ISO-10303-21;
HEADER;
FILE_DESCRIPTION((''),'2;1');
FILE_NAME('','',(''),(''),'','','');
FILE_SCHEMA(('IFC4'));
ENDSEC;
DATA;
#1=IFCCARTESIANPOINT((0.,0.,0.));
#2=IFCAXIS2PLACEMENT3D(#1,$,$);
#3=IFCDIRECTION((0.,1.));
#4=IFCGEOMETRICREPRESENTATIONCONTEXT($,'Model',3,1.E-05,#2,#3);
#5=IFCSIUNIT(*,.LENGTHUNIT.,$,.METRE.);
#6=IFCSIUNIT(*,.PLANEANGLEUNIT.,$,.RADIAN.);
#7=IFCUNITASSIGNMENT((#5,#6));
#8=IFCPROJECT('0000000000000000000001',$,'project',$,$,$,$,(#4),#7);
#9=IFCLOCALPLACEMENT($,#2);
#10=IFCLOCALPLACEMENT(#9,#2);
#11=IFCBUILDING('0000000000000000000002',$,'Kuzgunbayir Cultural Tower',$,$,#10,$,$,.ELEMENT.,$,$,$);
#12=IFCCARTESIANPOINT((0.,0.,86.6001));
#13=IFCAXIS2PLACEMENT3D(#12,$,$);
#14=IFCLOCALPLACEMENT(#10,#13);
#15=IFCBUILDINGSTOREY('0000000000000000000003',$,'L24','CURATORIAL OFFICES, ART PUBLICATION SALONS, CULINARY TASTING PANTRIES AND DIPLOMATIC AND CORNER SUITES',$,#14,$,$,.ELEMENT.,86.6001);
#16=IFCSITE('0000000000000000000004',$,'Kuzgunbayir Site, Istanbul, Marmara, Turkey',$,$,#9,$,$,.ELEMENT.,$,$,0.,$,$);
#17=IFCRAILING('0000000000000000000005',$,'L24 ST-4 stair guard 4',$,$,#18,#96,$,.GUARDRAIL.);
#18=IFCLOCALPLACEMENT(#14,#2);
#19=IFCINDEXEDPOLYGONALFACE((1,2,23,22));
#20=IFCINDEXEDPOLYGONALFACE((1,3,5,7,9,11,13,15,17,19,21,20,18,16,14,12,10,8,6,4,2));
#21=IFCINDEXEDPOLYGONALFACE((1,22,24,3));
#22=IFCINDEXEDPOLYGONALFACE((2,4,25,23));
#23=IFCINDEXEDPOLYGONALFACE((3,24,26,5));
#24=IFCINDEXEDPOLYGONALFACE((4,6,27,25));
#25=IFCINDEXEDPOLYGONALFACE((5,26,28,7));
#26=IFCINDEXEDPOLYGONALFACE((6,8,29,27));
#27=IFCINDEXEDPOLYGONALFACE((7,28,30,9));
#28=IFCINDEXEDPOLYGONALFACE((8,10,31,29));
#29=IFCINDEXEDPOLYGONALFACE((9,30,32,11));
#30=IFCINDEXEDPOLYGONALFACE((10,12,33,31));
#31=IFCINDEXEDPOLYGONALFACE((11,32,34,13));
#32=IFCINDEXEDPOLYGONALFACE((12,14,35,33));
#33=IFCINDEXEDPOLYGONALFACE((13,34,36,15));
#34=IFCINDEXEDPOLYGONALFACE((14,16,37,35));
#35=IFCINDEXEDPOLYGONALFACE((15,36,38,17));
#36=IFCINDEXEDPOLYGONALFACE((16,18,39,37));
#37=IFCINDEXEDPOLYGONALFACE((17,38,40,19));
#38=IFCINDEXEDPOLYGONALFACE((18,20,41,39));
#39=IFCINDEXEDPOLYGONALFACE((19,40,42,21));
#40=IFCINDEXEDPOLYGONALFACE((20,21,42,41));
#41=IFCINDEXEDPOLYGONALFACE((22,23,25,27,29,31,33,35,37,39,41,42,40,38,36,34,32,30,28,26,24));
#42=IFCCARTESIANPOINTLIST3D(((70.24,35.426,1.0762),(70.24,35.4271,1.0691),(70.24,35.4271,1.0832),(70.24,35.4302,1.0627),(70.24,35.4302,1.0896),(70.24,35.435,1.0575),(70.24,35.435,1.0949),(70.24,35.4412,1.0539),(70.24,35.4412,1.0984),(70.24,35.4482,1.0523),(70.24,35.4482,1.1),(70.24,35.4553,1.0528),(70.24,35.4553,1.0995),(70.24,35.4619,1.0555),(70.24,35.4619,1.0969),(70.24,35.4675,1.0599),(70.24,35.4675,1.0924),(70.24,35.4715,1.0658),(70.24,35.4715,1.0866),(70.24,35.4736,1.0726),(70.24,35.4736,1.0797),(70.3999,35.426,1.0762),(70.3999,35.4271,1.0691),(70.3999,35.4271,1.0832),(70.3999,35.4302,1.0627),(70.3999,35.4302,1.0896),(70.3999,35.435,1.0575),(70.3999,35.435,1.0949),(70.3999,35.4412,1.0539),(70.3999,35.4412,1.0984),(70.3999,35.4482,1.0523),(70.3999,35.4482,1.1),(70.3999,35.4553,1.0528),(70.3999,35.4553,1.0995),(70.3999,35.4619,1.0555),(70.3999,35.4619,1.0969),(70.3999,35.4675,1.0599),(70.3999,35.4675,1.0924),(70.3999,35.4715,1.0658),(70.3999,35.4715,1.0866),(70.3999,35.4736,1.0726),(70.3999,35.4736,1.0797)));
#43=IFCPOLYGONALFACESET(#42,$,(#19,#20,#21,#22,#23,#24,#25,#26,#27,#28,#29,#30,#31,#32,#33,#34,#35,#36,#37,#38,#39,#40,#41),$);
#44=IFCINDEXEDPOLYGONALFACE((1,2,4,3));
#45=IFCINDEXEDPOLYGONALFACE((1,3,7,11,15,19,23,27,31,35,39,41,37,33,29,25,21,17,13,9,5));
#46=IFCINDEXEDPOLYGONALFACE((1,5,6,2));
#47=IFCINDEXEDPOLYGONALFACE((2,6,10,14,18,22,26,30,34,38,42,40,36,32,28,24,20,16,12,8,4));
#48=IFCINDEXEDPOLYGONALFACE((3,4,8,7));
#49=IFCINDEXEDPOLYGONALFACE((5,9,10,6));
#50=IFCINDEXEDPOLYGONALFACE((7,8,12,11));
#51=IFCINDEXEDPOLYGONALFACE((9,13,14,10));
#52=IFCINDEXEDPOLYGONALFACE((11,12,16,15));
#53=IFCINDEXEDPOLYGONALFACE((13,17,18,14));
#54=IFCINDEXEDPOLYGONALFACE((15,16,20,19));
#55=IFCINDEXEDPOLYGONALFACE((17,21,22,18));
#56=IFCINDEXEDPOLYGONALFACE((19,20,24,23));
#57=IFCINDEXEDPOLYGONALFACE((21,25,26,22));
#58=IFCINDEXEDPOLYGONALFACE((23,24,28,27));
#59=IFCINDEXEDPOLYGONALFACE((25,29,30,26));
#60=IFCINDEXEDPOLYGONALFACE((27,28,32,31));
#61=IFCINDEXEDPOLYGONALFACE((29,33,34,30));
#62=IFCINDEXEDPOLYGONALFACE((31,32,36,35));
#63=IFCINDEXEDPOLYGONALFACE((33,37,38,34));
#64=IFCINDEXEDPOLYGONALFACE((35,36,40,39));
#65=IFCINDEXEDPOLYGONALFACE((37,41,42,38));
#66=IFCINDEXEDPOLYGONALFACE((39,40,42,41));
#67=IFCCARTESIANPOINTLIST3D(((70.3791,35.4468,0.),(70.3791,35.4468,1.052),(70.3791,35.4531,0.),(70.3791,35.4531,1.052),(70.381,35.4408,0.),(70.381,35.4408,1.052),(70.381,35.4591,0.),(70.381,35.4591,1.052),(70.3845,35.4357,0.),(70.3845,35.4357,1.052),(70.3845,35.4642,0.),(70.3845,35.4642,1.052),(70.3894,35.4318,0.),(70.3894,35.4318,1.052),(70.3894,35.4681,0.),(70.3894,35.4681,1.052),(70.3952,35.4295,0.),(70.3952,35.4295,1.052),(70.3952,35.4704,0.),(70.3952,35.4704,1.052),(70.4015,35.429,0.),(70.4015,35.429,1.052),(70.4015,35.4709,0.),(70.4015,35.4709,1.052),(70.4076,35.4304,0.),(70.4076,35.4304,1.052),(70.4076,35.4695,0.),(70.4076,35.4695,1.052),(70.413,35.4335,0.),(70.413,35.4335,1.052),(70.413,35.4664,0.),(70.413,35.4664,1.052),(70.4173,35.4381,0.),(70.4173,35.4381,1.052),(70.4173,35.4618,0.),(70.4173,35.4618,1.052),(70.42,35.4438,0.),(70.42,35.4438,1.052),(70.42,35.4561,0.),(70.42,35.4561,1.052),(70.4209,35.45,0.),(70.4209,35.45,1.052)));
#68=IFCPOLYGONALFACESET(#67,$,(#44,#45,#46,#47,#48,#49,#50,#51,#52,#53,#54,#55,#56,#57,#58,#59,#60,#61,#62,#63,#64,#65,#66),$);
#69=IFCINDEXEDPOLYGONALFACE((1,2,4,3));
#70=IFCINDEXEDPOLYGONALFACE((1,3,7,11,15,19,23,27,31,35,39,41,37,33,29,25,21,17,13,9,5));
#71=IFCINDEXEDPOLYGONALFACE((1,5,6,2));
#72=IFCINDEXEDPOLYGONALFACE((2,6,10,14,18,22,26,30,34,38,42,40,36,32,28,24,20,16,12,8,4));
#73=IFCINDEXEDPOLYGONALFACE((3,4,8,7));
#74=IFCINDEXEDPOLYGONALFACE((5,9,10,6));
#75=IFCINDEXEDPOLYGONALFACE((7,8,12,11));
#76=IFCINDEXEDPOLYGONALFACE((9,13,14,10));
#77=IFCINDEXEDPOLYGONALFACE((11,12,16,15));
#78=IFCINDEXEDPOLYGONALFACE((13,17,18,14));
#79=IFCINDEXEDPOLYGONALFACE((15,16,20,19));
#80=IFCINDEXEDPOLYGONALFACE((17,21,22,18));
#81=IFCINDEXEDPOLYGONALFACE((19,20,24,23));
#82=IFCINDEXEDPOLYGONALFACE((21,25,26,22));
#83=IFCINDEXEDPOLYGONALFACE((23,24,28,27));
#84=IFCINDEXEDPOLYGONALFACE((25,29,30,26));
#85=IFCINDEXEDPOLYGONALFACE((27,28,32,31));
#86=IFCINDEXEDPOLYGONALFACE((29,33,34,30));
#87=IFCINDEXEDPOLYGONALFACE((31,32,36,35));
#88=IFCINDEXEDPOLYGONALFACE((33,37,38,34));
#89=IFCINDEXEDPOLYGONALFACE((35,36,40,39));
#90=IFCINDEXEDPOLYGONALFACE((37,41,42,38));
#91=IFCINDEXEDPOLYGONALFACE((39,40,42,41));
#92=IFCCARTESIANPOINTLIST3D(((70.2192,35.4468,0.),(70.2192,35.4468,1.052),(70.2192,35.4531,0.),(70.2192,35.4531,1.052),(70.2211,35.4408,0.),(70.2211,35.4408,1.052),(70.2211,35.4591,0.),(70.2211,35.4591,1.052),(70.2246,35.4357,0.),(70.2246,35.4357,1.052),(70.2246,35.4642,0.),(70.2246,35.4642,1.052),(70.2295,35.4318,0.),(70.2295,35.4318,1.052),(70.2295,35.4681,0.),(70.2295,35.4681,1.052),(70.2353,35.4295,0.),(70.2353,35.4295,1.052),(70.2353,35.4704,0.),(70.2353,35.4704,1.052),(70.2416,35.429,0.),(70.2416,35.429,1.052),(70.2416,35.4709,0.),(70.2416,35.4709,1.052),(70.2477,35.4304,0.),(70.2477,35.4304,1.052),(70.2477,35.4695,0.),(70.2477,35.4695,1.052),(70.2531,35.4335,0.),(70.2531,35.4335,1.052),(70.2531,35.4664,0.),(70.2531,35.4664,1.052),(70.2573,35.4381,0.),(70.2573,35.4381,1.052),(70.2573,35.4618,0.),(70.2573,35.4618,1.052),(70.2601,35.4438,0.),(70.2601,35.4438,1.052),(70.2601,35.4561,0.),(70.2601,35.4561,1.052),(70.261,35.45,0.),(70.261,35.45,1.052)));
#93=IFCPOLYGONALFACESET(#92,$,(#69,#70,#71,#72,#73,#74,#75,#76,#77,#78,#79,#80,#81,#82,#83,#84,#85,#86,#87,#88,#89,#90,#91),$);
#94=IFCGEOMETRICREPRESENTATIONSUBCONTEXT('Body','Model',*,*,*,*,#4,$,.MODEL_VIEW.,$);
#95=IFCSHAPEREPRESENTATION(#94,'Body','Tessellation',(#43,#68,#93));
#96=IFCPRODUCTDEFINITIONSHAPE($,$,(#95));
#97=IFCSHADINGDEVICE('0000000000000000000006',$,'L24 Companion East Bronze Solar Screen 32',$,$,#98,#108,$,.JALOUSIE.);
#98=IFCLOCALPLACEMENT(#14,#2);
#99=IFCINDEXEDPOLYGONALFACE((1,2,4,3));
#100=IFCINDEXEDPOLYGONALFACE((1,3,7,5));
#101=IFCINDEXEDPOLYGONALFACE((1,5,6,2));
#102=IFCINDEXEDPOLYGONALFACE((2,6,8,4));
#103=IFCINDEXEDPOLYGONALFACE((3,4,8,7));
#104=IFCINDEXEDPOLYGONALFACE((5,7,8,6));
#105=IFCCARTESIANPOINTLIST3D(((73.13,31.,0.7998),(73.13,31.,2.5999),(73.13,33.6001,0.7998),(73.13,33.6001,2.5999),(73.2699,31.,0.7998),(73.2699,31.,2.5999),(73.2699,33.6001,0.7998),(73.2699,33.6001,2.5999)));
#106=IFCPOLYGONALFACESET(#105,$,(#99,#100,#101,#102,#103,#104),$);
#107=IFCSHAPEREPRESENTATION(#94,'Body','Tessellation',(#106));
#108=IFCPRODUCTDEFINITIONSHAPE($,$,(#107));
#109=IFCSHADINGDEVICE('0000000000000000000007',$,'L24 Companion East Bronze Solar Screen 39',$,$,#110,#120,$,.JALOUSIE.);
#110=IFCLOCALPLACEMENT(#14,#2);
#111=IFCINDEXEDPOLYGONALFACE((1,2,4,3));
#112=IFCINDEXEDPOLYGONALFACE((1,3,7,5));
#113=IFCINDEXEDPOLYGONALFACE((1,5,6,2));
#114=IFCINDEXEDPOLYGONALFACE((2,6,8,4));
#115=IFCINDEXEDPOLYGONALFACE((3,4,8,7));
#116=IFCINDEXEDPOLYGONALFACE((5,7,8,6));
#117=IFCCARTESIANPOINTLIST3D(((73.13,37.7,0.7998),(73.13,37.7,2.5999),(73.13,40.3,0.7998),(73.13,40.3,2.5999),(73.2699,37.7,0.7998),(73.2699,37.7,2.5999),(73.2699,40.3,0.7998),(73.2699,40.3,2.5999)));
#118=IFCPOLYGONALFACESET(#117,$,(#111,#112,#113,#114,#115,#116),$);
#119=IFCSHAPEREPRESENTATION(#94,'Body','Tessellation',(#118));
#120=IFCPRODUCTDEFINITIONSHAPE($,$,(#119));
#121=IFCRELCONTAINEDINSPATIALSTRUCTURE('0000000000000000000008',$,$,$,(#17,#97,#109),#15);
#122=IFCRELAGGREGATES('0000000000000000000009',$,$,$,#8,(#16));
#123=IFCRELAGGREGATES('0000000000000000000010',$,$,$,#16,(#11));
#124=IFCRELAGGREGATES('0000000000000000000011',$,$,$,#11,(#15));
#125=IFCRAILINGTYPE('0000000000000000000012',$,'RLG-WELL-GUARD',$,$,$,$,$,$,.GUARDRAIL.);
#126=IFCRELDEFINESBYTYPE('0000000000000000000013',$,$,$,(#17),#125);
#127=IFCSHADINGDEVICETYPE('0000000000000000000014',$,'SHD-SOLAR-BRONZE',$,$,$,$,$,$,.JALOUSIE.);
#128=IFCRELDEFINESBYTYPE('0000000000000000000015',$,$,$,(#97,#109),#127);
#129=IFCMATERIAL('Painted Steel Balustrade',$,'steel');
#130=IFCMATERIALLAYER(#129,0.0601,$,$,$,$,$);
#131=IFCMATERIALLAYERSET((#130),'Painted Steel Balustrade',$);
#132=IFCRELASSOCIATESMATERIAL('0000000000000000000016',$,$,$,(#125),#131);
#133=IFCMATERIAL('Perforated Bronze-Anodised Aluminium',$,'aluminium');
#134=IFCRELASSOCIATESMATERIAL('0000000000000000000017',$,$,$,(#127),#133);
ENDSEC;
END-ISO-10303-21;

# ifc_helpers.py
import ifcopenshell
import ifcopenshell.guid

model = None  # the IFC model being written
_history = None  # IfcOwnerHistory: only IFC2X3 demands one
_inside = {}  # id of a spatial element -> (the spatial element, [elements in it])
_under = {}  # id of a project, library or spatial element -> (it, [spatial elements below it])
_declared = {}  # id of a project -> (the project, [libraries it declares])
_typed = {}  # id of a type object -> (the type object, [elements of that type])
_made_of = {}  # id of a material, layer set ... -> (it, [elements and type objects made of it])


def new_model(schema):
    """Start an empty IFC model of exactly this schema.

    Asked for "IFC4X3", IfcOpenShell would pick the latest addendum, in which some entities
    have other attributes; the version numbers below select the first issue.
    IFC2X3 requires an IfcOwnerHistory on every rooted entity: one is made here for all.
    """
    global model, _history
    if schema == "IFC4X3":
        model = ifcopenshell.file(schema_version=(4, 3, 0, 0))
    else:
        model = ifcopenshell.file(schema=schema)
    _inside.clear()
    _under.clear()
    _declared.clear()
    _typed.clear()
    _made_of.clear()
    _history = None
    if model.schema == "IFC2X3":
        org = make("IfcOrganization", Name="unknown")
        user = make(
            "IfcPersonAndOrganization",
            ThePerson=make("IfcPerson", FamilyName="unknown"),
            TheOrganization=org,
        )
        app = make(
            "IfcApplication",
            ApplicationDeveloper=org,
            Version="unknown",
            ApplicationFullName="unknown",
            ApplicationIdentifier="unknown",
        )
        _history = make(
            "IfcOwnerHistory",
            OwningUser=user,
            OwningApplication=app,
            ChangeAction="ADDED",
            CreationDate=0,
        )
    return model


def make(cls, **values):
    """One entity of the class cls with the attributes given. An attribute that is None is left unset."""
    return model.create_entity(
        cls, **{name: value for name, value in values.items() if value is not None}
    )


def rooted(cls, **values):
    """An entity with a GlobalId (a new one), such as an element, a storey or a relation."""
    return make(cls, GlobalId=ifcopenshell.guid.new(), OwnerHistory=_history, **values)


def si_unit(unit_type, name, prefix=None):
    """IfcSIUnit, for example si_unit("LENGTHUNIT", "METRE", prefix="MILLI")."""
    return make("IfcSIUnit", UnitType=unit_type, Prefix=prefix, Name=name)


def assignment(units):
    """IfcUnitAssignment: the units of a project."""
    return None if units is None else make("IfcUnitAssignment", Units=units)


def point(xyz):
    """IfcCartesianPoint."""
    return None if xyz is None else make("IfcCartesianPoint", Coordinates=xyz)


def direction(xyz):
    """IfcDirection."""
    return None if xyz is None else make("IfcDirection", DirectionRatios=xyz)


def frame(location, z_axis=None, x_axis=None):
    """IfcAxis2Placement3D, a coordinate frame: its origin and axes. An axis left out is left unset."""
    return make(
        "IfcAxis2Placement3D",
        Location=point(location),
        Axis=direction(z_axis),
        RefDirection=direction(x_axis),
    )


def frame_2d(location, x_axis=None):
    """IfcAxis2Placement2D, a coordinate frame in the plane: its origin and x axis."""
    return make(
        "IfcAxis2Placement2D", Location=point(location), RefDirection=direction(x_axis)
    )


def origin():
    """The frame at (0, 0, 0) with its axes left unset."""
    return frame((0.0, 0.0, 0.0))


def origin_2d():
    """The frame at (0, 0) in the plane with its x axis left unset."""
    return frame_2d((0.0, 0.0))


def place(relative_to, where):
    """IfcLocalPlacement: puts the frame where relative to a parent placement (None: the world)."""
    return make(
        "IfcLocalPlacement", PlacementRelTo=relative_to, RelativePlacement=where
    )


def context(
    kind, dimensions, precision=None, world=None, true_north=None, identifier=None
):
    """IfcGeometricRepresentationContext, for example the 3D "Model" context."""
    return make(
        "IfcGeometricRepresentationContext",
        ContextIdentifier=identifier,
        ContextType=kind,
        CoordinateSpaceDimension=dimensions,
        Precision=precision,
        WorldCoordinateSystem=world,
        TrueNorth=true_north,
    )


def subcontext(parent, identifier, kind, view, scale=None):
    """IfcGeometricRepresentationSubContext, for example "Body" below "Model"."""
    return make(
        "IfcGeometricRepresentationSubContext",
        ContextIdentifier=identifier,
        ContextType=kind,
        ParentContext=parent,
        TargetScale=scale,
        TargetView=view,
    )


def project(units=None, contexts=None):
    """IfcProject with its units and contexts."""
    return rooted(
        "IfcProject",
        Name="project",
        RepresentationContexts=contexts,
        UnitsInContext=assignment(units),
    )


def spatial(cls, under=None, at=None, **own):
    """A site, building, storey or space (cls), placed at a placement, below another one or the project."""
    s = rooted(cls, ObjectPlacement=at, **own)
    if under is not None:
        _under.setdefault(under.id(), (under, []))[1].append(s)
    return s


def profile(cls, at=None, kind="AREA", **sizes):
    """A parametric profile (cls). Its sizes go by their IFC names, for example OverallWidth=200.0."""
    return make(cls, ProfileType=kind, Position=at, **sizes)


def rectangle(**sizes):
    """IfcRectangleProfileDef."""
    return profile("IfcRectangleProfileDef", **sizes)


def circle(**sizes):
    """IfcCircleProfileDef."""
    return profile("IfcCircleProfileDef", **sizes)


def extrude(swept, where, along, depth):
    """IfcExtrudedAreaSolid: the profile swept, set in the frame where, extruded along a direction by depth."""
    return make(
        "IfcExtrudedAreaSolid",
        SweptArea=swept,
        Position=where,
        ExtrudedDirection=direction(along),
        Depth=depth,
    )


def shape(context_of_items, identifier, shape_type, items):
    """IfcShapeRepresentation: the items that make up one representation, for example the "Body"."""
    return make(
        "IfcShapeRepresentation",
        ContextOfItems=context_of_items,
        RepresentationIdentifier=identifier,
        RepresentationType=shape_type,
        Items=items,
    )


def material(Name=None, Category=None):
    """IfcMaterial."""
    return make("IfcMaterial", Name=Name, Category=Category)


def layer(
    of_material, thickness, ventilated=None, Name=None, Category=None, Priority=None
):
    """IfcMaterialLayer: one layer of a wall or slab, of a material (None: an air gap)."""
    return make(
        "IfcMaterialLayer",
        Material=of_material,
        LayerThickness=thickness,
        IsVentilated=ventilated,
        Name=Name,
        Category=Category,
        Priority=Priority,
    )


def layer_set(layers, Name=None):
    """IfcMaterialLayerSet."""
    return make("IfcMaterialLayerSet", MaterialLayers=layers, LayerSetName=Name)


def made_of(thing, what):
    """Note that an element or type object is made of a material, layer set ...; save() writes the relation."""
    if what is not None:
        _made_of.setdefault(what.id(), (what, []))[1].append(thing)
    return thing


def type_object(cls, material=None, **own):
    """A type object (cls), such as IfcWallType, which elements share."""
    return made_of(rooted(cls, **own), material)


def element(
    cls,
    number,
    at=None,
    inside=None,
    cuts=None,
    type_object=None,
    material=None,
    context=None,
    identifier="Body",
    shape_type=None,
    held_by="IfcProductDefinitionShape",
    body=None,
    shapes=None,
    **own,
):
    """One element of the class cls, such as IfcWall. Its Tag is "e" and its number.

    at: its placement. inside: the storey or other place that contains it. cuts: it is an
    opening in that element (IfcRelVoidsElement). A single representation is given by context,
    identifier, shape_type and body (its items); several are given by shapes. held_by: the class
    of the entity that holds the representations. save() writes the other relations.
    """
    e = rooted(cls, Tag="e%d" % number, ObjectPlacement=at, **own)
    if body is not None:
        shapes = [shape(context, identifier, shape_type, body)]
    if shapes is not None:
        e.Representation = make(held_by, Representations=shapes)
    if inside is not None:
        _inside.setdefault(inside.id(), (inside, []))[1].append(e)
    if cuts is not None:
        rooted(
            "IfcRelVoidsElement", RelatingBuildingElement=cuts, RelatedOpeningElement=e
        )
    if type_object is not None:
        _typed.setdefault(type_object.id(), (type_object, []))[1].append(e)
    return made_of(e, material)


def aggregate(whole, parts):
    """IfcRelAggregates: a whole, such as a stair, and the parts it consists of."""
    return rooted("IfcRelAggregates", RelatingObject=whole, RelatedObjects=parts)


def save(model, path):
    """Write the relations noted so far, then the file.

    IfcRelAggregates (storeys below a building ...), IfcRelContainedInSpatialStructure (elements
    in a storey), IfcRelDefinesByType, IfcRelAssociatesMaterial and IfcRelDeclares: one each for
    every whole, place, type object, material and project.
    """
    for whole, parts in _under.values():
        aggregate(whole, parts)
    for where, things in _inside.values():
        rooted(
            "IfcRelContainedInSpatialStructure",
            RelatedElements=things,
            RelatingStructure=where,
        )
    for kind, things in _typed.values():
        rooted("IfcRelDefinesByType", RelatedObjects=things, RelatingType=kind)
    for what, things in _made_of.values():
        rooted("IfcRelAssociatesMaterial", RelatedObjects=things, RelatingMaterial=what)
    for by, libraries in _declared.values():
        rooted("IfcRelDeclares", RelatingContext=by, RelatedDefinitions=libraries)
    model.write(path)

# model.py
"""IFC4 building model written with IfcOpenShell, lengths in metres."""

from ifc_helpers import new_model, si_unit, direction, frame, origin, origin_2d, place, context, subcontext, project, spatial, rectangle, circle, extrude, material, layer, layer_set, type_object, element, save


model = new_model("IFC4")

# Units and contexts
model_context = context("Model", 3, precision=1e-05, world=origin(), true_north=direction((0.0, 1.0)))
body_context = subcontext(model_context, "Body", "Model", "MODEL_VIEW")
ifc_project = project(units=[si_unit("LENGTHUNIT", "METRE"), si_unit("PLANEANGLEUNIT", "RADIAN")], contexts=[model_context])

# Site, building, storey
site_placement = place(None, origin())
site = spatial("IfcSite", under=ifc_project, at=site_placement, Name="Kuzgunbayir Site, Istanbul, Marmara, Turkey", CompositionType="ELEMENT", RefElevation=0.0)
building_placement = place(site_placement, origin())
building = spatial("IfcBuilding", under=site, at=building_placement, Name="Kuzgunbayir Cultural Tower", CompositionType="ELEMENT")
storey_placement = place(building_placement, frame((0.0, 0.0, 86.6001)))
storey = spatial("IfcBuildingStorey", under=building, at=storey_placement, Name="L24", Description="CURATORIAL OFFICES, ART PUBLICATION SALONS, CULINARY TASTING PANTRIES AND DIPLOMATIC AND CORNER SUITES", CompositionType="ELEMENT", Elevation=86.6001)

# Railing
ifc_material_1 = material(Name="Painted Steel Balustrade", Category="steel")
ifc_layer_1 = layer(ifc_material_1, 0.0601)
ifc_layer_set_1 = layer_set([ifc_layer_1], Name="Painted Steel Balustrade")
railing_type_1 = type_object("IfcRailingType", Name="RLG-WELL-GUARD", PredefinedType="GUARDRAIL", material=ifc_layer_set_1)
railing_1_placement = place(storey_placement, frame((70.3999, 35.45, 0.0)))
element("IfcRailing", 1, at=railing_1_placement, inside=storey, type_object=railing_type_1, Name="L24 ST-4 stair guard 4", PredefinedType="GUARDRAIL", context=body_context, shape_type="SweptSolid", body=[
    extrude(circle(Radius=0.0239, at=origin_2d()), frame((0.0, 0.0, 1.0762), z_axis=(-1.0, 0.0, 0.0), x_axis=(0.0, -1.0, 0.0)), (0.0, 0.0, 1.0), 0.1599),
    extrude(circle(Radius=0.021, at=origin_2d()), origin(), (0.0, 0.0, 1.0), 1.052),
    extrude(circle(Radius=0.021, at=origin_2d()), frame((-0.1599, 0.0, 0.0)), (0.0, 0.0, 1.0), 1.052),
])

# Shading devices
ifc_material_2 = material(Name="Perforated Bronze-Anodised Aluminium", Category="aluminium")
shading_device_type = type_object("IfcShadingDeviceType", Name="SHD-SOLAR-BRONZE", PredefinedType="JALOUSIE", material=ifc_material_2)
for number, where, z_axis, x_axis, name in (
    (2, (73.2, 32.3, 0.7998), (0.0, 0.0, 1.0), (1.0, 0.0, 0.0), "L24 Companion East Bronze Solar Screen 32"),
    (3, (73.2, 39.0, 0.7998), (0.0, 0.0, 1.0), (1.0, 0.0, 0.0), "L24 Companion East Bronze Solar Screen 39"),
):
    element("IfcShadingDevice", number, at=place(storey_placement, frame(where, z_axis=z_axis, x_axis=x_axis)), inside=storey, type_object=shading_device_type, Name=name, PredefinedType="JALOUSIE", context=body_context, shape_type="SweptSolid", body=[
        extrude(rectangle(XDim=0.1399, YDim=2.6001, at=origin_2d()), origin(), (0.0, 0.0, 1.0), 1.8),
    ])

save(model, "model.ifc")
